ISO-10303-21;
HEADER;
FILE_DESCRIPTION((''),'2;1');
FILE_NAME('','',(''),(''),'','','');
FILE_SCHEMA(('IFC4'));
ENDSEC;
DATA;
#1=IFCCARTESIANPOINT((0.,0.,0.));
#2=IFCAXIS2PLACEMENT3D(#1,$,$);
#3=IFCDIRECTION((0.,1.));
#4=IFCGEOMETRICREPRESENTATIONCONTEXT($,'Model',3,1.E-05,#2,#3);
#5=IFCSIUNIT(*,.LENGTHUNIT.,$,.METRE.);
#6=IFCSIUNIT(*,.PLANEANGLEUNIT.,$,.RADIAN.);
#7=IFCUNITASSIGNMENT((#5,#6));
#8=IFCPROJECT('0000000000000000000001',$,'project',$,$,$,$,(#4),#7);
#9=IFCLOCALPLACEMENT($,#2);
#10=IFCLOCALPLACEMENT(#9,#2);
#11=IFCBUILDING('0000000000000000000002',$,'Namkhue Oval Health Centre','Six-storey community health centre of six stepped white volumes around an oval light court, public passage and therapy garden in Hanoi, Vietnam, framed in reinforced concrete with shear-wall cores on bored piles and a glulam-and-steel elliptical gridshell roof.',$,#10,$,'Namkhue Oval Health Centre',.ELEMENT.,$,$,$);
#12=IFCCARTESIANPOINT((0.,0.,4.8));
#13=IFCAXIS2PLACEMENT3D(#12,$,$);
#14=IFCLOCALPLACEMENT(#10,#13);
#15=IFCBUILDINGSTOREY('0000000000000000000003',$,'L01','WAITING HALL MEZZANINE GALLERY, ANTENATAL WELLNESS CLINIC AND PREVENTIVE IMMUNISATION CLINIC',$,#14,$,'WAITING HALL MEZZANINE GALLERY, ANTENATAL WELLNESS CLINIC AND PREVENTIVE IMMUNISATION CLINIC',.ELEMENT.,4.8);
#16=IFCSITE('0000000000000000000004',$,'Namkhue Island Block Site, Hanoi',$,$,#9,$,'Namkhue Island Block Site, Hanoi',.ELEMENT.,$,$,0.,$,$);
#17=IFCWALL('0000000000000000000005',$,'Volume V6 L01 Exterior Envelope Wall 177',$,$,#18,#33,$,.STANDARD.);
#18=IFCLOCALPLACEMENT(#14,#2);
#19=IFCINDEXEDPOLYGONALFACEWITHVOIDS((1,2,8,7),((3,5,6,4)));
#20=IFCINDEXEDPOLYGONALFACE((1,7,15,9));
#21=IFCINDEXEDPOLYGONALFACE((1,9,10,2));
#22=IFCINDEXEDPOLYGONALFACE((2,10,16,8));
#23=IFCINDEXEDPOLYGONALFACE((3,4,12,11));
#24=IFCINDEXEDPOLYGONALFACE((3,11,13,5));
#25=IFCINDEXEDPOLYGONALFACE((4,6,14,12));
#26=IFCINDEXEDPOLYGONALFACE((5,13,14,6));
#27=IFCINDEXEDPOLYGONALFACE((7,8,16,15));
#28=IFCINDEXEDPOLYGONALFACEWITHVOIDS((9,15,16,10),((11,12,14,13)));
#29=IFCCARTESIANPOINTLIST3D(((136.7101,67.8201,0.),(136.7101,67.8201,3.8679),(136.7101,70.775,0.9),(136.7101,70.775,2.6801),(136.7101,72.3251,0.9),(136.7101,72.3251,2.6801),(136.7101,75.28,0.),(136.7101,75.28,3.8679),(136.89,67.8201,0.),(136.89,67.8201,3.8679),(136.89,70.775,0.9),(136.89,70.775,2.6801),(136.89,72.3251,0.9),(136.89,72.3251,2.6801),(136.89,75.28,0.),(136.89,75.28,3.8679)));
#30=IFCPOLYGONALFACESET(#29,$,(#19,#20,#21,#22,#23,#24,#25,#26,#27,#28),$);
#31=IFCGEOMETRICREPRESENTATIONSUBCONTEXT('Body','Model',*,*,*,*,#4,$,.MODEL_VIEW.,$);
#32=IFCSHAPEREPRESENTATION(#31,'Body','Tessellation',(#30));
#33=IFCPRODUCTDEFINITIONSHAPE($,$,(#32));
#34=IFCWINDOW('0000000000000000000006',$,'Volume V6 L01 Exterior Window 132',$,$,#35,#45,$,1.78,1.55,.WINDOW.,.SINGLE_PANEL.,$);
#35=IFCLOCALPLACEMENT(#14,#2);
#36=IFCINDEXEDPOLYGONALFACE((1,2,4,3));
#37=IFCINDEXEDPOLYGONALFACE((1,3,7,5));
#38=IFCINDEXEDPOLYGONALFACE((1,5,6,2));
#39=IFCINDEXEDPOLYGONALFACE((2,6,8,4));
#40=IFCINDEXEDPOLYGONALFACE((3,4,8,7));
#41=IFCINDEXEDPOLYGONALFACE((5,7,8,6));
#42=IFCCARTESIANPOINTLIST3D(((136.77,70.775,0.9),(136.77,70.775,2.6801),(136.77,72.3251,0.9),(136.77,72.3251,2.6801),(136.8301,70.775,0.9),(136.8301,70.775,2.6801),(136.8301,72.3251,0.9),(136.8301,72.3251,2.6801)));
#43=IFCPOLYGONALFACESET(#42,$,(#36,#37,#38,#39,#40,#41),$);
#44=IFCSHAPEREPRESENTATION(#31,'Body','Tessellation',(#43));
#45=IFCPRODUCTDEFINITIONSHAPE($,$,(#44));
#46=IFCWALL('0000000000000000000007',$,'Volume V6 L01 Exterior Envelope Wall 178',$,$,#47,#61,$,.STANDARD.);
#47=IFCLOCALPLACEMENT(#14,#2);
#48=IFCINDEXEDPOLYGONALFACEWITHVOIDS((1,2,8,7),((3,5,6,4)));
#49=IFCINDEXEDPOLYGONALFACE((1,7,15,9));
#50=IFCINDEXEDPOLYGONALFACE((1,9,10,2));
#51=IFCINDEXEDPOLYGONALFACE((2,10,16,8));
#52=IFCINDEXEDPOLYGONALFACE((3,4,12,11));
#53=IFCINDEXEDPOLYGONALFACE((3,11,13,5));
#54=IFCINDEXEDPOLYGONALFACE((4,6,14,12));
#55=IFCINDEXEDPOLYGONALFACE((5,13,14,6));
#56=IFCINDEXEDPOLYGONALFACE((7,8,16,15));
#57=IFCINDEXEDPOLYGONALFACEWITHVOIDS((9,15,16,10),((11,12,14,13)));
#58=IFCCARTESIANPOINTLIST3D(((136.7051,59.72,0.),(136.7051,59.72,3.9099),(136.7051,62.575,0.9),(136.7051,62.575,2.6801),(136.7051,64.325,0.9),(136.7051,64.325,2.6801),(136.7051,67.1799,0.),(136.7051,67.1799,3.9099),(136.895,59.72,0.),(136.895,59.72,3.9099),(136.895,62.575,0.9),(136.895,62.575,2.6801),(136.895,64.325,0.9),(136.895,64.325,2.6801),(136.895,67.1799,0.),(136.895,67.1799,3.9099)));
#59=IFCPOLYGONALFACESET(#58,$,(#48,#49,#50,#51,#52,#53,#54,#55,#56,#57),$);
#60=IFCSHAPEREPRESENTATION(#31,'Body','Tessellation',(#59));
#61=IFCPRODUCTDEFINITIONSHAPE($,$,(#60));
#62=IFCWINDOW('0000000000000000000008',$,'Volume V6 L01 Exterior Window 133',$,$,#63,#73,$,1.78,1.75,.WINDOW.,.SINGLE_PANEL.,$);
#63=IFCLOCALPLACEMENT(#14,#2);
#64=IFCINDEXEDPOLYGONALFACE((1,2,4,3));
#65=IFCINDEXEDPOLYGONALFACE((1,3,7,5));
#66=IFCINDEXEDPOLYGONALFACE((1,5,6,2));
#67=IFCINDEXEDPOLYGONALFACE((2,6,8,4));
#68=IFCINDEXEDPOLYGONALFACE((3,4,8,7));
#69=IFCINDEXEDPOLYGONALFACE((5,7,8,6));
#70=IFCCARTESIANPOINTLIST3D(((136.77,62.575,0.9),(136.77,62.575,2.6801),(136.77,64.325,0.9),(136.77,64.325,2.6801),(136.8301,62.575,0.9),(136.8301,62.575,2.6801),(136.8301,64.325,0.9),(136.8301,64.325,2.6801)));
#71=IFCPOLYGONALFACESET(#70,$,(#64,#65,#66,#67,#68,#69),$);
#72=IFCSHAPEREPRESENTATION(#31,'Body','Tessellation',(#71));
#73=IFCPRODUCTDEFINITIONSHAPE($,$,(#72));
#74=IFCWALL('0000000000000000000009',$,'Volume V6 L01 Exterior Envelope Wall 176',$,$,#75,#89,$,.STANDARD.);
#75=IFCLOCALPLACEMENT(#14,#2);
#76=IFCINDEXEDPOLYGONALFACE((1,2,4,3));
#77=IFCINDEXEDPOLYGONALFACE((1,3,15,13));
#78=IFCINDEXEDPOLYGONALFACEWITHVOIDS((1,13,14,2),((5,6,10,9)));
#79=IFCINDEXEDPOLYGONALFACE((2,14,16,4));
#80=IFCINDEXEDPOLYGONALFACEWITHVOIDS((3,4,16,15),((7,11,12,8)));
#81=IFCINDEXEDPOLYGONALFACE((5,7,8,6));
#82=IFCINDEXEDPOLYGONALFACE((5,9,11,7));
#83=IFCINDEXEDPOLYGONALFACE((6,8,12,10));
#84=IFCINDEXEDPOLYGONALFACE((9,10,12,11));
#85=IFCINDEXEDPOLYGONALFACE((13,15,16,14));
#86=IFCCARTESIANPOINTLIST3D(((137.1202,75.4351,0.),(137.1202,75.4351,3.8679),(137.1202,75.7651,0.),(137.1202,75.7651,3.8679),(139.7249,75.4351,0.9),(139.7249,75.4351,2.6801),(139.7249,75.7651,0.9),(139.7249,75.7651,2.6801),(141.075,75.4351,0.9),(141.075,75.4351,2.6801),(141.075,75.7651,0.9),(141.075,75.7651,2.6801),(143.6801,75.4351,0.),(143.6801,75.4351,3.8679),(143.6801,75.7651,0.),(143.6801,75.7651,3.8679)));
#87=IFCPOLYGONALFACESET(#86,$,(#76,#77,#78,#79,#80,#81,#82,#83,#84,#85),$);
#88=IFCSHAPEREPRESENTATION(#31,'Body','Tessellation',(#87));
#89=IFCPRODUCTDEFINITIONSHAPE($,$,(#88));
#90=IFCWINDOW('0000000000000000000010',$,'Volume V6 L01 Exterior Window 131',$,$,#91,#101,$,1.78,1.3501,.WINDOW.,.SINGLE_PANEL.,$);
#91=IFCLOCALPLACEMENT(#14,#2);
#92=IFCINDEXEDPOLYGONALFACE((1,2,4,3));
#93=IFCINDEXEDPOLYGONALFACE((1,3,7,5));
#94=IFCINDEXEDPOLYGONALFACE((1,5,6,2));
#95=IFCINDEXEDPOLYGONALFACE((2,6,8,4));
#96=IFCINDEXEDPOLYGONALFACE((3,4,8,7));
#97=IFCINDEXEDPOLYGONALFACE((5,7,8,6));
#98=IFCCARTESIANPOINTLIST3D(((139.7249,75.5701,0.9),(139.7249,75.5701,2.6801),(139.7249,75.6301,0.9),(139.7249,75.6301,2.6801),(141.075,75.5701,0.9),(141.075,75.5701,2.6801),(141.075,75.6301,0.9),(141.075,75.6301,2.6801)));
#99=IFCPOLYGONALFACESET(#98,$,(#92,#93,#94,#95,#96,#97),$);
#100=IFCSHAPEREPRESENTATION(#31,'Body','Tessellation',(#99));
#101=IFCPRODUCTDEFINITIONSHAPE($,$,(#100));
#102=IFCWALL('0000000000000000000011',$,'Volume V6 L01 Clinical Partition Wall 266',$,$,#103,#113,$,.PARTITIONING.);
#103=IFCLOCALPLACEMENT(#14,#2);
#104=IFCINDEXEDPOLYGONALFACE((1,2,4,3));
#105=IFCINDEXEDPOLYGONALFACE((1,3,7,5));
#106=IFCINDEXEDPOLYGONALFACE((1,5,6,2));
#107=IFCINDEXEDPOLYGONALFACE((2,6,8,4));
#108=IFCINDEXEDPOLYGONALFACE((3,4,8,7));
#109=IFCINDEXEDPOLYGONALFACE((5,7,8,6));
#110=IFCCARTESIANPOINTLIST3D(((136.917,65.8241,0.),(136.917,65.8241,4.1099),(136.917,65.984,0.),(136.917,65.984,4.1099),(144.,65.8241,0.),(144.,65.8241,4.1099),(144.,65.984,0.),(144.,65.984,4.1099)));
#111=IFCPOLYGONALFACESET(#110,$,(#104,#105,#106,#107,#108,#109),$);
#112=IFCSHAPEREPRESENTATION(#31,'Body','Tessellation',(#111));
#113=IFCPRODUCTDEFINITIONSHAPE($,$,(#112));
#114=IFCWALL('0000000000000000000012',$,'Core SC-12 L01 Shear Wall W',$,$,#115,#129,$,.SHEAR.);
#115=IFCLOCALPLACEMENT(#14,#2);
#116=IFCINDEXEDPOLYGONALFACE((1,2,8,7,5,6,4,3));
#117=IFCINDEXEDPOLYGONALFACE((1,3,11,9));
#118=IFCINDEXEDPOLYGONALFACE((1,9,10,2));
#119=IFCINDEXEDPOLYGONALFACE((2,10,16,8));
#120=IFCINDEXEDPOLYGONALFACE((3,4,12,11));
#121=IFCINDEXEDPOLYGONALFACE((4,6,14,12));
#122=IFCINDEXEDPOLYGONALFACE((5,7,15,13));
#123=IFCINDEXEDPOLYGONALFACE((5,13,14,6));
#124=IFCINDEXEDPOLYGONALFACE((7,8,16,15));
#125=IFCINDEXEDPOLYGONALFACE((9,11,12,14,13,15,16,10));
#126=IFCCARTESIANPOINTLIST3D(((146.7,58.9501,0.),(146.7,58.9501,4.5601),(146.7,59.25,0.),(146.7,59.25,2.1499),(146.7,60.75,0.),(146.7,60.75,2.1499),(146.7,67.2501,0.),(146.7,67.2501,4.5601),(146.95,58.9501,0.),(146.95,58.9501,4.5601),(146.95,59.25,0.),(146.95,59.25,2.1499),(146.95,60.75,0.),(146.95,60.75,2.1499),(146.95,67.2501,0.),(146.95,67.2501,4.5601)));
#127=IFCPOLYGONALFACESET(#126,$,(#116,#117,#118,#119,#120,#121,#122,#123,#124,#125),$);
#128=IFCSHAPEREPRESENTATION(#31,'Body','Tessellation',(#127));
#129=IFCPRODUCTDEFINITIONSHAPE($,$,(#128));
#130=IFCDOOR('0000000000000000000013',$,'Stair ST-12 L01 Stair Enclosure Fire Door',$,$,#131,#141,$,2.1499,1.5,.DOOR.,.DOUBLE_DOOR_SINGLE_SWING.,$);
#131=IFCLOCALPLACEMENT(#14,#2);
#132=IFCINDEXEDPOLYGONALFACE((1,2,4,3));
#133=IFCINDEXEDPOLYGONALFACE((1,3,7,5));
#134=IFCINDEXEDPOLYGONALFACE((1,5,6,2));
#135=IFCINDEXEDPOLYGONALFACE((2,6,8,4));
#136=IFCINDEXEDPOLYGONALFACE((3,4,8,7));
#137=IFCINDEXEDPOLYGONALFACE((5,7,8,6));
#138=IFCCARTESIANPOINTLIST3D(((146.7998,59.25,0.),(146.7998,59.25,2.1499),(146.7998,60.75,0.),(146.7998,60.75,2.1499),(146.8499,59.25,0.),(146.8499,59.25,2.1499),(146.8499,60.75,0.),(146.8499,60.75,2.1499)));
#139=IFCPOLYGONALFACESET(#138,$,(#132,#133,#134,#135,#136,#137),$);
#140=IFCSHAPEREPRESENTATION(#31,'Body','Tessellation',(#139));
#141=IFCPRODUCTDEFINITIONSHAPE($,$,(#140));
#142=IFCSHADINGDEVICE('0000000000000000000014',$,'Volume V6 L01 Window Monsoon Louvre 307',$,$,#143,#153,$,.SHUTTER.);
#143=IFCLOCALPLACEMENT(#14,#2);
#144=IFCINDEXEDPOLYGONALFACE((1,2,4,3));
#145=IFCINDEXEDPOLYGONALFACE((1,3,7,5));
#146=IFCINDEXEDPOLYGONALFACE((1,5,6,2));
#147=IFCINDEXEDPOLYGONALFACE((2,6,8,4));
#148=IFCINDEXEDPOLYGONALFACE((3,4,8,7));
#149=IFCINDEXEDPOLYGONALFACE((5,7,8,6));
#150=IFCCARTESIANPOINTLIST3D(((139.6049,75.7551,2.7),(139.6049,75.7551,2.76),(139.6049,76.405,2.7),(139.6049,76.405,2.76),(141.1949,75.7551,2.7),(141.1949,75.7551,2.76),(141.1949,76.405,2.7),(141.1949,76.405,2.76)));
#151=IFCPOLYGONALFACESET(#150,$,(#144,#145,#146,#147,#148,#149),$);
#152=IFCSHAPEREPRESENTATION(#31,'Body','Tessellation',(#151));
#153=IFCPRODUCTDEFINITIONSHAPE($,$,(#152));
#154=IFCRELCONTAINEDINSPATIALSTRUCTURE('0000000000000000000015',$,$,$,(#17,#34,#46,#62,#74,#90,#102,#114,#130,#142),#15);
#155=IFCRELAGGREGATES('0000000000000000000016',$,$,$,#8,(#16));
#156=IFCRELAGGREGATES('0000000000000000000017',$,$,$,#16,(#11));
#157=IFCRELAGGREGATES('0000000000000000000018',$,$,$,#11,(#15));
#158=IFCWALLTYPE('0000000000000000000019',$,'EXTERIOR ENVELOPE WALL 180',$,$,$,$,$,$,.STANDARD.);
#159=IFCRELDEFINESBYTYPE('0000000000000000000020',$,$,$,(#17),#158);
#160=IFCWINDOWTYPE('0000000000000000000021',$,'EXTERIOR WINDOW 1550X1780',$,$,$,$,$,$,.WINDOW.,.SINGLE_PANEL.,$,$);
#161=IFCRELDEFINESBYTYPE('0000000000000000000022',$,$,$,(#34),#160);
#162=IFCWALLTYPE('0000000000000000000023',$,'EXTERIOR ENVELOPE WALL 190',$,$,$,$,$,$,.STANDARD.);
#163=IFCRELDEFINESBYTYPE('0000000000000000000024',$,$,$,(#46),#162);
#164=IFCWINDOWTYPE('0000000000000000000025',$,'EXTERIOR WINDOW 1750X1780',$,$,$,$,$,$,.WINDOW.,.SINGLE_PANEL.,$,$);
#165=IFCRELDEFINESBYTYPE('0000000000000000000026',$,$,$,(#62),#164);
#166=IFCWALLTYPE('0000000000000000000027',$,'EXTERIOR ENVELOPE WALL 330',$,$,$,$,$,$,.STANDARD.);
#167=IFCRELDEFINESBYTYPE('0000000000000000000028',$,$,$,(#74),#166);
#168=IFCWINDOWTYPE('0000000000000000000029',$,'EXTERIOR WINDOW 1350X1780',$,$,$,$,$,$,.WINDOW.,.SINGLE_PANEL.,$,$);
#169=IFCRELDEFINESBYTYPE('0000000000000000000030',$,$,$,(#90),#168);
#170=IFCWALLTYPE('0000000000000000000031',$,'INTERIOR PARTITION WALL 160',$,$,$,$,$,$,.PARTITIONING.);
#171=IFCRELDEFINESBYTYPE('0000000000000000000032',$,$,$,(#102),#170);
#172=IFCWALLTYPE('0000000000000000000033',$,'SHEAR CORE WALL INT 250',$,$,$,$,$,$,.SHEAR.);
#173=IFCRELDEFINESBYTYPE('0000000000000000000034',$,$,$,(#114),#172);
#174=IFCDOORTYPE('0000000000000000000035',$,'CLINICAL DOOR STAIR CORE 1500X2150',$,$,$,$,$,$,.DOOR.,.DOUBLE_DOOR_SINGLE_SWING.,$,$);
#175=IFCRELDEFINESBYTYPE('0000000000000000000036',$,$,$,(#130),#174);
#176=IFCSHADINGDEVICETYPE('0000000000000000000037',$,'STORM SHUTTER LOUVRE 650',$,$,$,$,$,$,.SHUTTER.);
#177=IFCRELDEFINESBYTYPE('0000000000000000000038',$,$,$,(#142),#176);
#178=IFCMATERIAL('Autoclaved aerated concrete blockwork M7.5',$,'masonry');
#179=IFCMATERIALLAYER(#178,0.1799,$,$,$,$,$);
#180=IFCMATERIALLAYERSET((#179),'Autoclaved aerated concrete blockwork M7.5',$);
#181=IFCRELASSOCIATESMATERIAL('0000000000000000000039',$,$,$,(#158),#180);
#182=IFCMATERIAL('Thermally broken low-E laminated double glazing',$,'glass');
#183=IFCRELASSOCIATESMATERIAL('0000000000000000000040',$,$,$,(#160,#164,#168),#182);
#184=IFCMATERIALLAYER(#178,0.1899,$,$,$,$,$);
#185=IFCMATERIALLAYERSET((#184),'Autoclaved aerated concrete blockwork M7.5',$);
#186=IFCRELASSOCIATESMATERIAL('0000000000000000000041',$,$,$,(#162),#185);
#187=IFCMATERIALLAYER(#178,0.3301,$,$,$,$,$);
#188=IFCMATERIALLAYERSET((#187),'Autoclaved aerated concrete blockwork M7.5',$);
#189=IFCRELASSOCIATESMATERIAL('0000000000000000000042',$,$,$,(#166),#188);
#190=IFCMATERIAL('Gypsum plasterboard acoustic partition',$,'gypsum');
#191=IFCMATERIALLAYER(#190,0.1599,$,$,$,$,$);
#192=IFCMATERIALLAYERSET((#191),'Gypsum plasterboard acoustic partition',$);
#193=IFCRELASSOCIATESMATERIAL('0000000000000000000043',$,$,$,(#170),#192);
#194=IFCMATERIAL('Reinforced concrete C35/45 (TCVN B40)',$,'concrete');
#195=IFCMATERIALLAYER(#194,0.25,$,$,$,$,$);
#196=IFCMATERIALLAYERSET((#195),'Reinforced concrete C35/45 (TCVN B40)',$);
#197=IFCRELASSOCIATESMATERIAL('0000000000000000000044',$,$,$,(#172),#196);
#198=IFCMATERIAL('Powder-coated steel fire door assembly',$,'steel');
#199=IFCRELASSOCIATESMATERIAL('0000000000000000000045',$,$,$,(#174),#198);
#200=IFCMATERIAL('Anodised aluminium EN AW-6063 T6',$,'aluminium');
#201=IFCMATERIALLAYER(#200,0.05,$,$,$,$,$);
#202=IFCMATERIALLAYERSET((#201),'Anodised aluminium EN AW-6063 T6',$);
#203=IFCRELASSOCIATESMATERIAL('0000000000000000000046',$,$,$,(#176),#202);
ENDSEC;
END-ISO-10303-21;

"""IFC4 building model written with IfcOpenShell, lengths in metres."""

from ifc_helpers import new_model, si_unit, direction, frame, frame_2d, origin, origin_2d, place, context, subcontext, project, spatial, rectangle, extrude, material, layer, layer_set, type_object, element, fill, save


model = new_model("IFC4")

# Units and contexts
model_context = context("Model", 3, precision=1e-05, world=origin(), true_north=direction((0.0, 1.0)))
body_context = subcontext(model_context, "Body", "Model", "MODEL_VIEW")
ifc_project = project(units=[si_unit("LENGTHUNIT", "METRE"), si_unit("PLANEANGLEUNIT", "RADIAN")], contexts=[model_context])

# Site, building, storey
site_placement = place(None, origin())
site = spatial("IfcSite", under=ifc_project, at=site_placement, Name="Namkhue Island Block Site, Hanoi", LongName="Namkhue Island Block Site, Hanoi", CompositionType="ELEMENT", RefElevation=0.0)
building_placement = place(site_placement, origin())
building = spatial("IfcBuilding", under=site, at=building_placement, Name="Namkhue Oval Health Centre", Description="Six-storey community health centre of six stepped white volumes around an oval light court, public passage and therapy garden in Hanoi, Vietnam, framed in reinforced concrete with shear-wall cores on bored piles and a glulam-and-steel elliptical gridshell roof.", LongName="Namkhue Oval Health Centre", CompositionType="ELEMENT")
storey_placement = place(building_placement, frame((0.0, 0.0, 4.8)))
storey = spatial("IfcBuildingStorey", under=building, at=storey_placement, Name="L01", Description="WAITING HALL MEZZANINE GALLERY, ANTENATAL WELLNESS CLINIC AND PREVENTIVE IMMUNISATION CLINIC", LongName="WAITING HALL MEZZANINE GALLERY, ANTENATAL WELLNESS CLINIC AND PREVENTIVE IMMUNISATION CLINIC", CompositionType="ELEMENT", Elevation=4.8)

# Shared definitions
ifc_material_1 = material(Name="Reinforced concrete C35/45 (TCVN B40)", Category="concrete")

# Walls, openings, windows
ifc_material_2 = material(Name="Autoclaved aerated concrete blockwork M7.5", Category="masonry")
ifc_layer_1 = layer(ifc_material_2, 0.1799)
ifc_layer_set_1 = layer_set([ifc_layer_1], Name="Autoclaved aerated concrete blockwork M7.5")
wall_type_1 = type_object("IfcWallType", Name="EXTERIOR ENVELOPE WALL 180", PredefinedType="STANDARD", material=ifc_layer_set_1)
wall_1_placement = place(storey_placement, frame((136.8, 75.28, 0.0), z_axis=(0.0, 0.0, 1.0), x_axis=(0.0, -1.0, 0.0)))
wall_1 = element("IfcWall", 1, at=wall_1_placement, inside=storey, type_object=wall_type_1, Name="Volume V6 L01 Exterior Envelope Wall 177", PredefinedType="STANDARD", context=body_context, shape_type="SweptSolid", body=[
    extrude(rectangle(XDim=7.46, YDim=0.1799, at=frame_2d((3.73, 0.0))), origin(), (0.0, 0.0, 1.0), 3.8679),
])
opening_1_placement = place(wall_1_placement, frame((2.9551, 0.0, 0.8999)))
opening_1 = element("IfcOpeningElement", 2, at=opening_1_placement, cuts=wall_1, PredefinedType="OPENING", context=body_context, shape_type="SweptSolid", body=[
    extrude(rectangle(XDim=1.55, YDim=1.78, at=frame_2d((0.7749, 0.8901))), frame((0.0, 0.0999, 0.0), z_axis=(0.0, -1.0, 0.0), x_axis=(1.0, 0.0, 0.0)), (0.0, 0.0, 1.0), 0.2),
])
ifc_material_3 = material(Name="Thermally broken low-E laminated double glazing", Category="glass")
window_type_1 = type_object("IfcWindowType", Name="EXTERIOR WINDOW 1550X1780", PartitioningType="SINGLE_PANEL", PredefinedType="WINDOW", material=ifc_material_3)
window_1_placement = place(opening_1_placement, origin())
window_1 = element("IfcWindow", 3, at=window_1_placement, inside=storey, type_object=window_type_1, Name="Volume V6 L01 Exterior Window 132", OverallHeight=1.78, OverallWidth=1.55, PartitioningType="SINGLE_PANEL", PredefinedType="WINDOW", context=body_context, shape_type="SweptSolid", body=[
    extrude(rectangle(XDim=1.55, YDim=1.78, at=frame_2d((0.7749, 0.8901))), frame((0.0, 0.03, 0.0), z_axis=(0.0, -1.0, 0.0), x_axis=(1.0, 0.0, 0.0)), (0.0, 0.0, 1.0), 0.0601),
])
fill(opening_1, window_1)
ifc_layer_2 = layer(ifc_material_2, 0.1899)
ifc_layer_set_2 = layer_set([ifc_layer_2], Name="Autoclaved aerated concrete blockwork M7.5")
wall_type_2 = type_object("IfcWallType", Name="EXTERIOR ENVELOPE WALL 190", PredefinedType="STANDARD", material=ifc_layer_set_2)
wall_2_placement = place(storey_placement, frame((136.8, 67.1799, 0.0), z_axis=(0.0, 0.0, 1.0), x_axis=(0.0, -1.0, 0.0)))
wall_2 = element("IfcWall", 4, at=wall_2_placement, inside=storey, type_object=wall_type_2, Name="Volume V6 L01 Exterior Envelope Wall 178", PredefinedType="STANDARD", context=body_context, shape_type="SweptSolid", body=[
    extrude(rectangle(XDim=7.46, YDim=0.1899, at=frame_2d((3.73, 0.0))), origin(), (0.0, 0.0, 1.0), 3.9099),
])
opening_2_placement = place(wall_2_placement, frame((2.855, 0.0, 0.8999)))
opening_2 = element("IfcOpeningElement", 5, at=opening_2_placement, cuts=wall_2, PredefinedType="OPENING", context=body_context, shape_type="SweptSolid", body=[
    extrude(rectangle(XDim=1.75, YDim=1.78, at=frame_2d((0.875, 0.8901))), frame((0.0, 0.105, 0.0), z_axis=(0.0, -1.0, 0.0), x_axis=(1.0, 0.0, 0.0)), (0.0, 0.0, 1.0), 0.21),
])
window_type_2 = type_object("IfcWindowType", Name="EXTERIOR WINDOW 1750X1780", PartitioningType="SINGLE_PANEL", PredefinedType="WINDOW", material=ifc_material_3)
window_2_placement = place(opening_2_placement, origin())
window_2 = element("IfcWindow", 6, at=window_2_placement, inside=storey, type_object=window_type_2, Name="Volume V6 L01 Exterior Window 133", OverallHeight=1.78, OverallWidth=1.75, PartitioningType="SINGLE_PANEL", PredefinedType="WINDOW", context=body_context, shape_type="SweptSolid", body=[
    extrude(rectangle(XDim=1.75, YDim=1.78, at=frame_2d((0.875, 0.8901))), frame((0.0, 0.03, 0.0), z_axis=(0.0, -1.0, 0.0), x_axis=(1.0, 0.0, 0.0)), (0.0, 0.0, 1.0), 0.0601),
])
fill(opening_2, window_2)
ifc_layer_3 = layer(ifc_material_2, 0.3301)
ifc_layer_set_3 = layer_set([ifc_layer_3], Name="Autoclaved aerated concrete blockwork M7.5")
wall_type_3 = type_object("IfcWallType", Name="EXTERIOR ENVELOPE WALL 330", PredefinedType="STANDARD", material=ifc_layer_set_3)
wall_3_placement = place(storey_placement, frame((143.6799, 75.6001, 0.0), z_axis=(0.0, 0.0, 1.0), x_axis=(-1.0, 0.0, 0.0)))
wall_3 = element("IfcWall", 7, at=wall_3_placement, inside=storey, type_object=wall_type_3, Name="Volume V6 L01 Exterior Envelope Wall 176", PredefinedType="STANDARD", context=body_context, shape_type="SweptSolid", body=[
    extrude(rectangle(XDim=6.5598, YDim=0.3301, at=frame_2d((3.2798, 0.0))), origin(), (0.0, 0.0, 1.0), 3.8679),
])
opening_3_placement = place(wall_3_placement, frame((2.605, 0.0, 0.8999)))
opening_3 = element("IfcOpeningElement", 8, at=opening_3_placement, cuts=wall_3, PredefinedType="OPENING", context=body_context, shape_type="SweptSolid", body=[
    extrude(rectangle(XDim=1.3501, YDim=1.78, at=frame_2d((0.675, 0.8901))), frame((0.0, 0.175, 0.0), z_axis=(0.0, -1.0, 0.0), x_axis=(1.0, 0.0, 0.0)), (0.0, 0.0, 1.0), 0.3501),
])
window_type_3 = type_object("IfcWindowType", Name="EXTERIOR WINDOW 1350X1780", PartitioningType="SINGLE_PANEL", PredefinedType="WINDOW", material=ifc_material_3)
window_3_placement = place(opening_3_placement, origin())
window_3 = element("IfcWindow", 9, at=window_3_placement, inside=storey, type_object=window_type_3, Name="Volume V6 L01 Exterior Window 131", OverallHeight=1.78, OverallWidth=1.3501, PartitioningType="SINGLE_PANEL", PredefinedType="WINDOW", context=body_context, shape_type="SweptSolid", body=[
    extrude(rectangle(XDim=1.3501, YDim=1.78, at=frame_2d((0.675, 0.8901))), frame((0.0, 0.03, 0.0), z_axis=(0.0, -1.0, 0.0), x_axis=(1.0, 0.0, 0.0)), (0.0, 0.0, 1.0), 0.0601),
])
fill(opening_3, window_3)

# Wall
ifc_material_4 = material(Name="Gypsum plasterboard acoustic partition", Category="gypsum")
ifc_layer_4 = layer(ifc_material_4, 0.1599)
ifc_layer_set_4 = layer_set([ifc_layer_4], Name="Gypsum plasterboard acoustic partition")
wall_type_4 = type_object("IfcWallType", Name="INTERIOR PARTITION WALL 160", PredefinedType="PARTITIONING", material=ifc_layer_set_4)
wall_4_placement = place(storey_placement, frame((136.917, 65.9041, 0.0), z_axis=(0.0, 0.0, 1.0), x_axis=(1.0, 0.0, 0.0)))
element("IfcWall", 10, at=wall_4_placement, inside=storey, type_object=wall_type_4, Name="Volume V6 L01 Clinical Partition Wall 266", PredefinedType="PARTITIONING", context=body_context, shape_type="SweptSolid", body=[
    extrude(rectangle(XDim=7.083, YDim=0.1599, at=frame_2d((3.5415, 0.0))), origin(), (0.0, 0.0, 1.0), 4.1099),
])

# Wall, opening, door
ifc_layer_5 = layer(ifc_material_1, 0.25)
ifc_layer_set_5 = layer_set([ifc_layer_5], Name="Reinforced concrete C35/45 (TCVN B40)")
wall_type_5 = type_object("IfcWallType", Name="SHEAR CORE WALL INT 250", PredefinedType="SHEAR", material=ifc_layer_set_5)
wall_5_placement = place(storey_placement, frame((146.825, 67.25, 0.0), z_axis=(0.0, 0.0, 1.0), x_axis=(0.0, -1.0, 0.0)))
wall_5 = element("IfcWall", 11, at=wall_5_placement, inside=storey, type_object=wall_type_5, Name="Core SC-12 L01 Shear Wall W", PredefinedType="SHEAR", context=body_context, shape_type="SweptSolid", body=[
    extrude(rectangle(XDim=8.3, YDim=0.25, at=frame_2d((4.1499, 0.0))), origin(), (0.0, 0.0, 1.0), 4.5601),
])
opening_4_placement = place(wall_5_placement, frame((6.5, 0.0, 0.0)))
opening_4 = element("IfcOpeningElement", 12, at=opening_4_placement, cuts=wall_5, PredefinedType="OPENING", context=body_context, shape_type="SweptSolid", body=[
    extrude(rectangle(XDim=1.5, YDim=2.1499, at=frame_2d((0.75, 1.075))), frame((0.0, 0.135, 0.0), z_axis=(0.0, -1.0, 0.0), x_axis=(1.0, 0.0, 0.0)), (0.0, 0.0, 1.0), 0.27),
])
ifc_material_5 = material(Name="Powder-coated steel fire door assembly", Category="steel")
door_type = type_object("IfcDoorType", Name="CLINICAL DOOR STAIR CORE 1500X2150", OperationType="DOUBLE_DOOR_SINGLE_SWING", PredefinedType="DOOR", material=ifc_material_5)
door_placement = place(opening_4_placement, origin())
door = element("IfcDoor", 13, at=door_placement, inside=storey, type_object=door_type, Name="Stair ST-12 L01 Stair Enclosure Fire Door", OperationType="DOUBLE_DOOR_SINGLE_SWING", OverallHeight=2.1499, OverallWidth=1.5, PredefinedType="DOOR", context=body_context, shape_type="SweptSolid", body=[
    extrude(rectangle(XDim=1.5, YDim=2.1499, at=frame_2d((0.75, 1.075))), frame((0.0, 0.0249, 0.0), z_axis=(0.0, -1.0, 0.0), x_axis=(1.0, 0.0, 0.0)), (0.0, 0.0, 1.0), 0.05),
])
fill(opening_4, door)

# Shading device
ifc_material_6 = material(Name="Anodised aluminium EN AW-6063 T6", Category="aluminium")
ifc_layer_6 = layer(ifc_material_6, 0.05)
ifc_layer_set_6 = layer_set([ifc_layer_6], Name="Anodised aluminium EN AW-6063 T6")
shading_device_type = type_object("IfcShadingDeviceType", Name="STORM SHUTTER LOUVRE 650", PredefinedType="SHUTTER", material=ifc_layer_set_6)
shading_device_placement = place(storey_placement, frame((140.3999, 76.0801, 2.7), z_axis=(0.0, 0.0, 1.0), x_axis=(-1.0, 0.0, 0.0)))
element("IfcShadingDevice", 14, at=shading_device_placement, inside=storey, type_object=shading_device_type, Name="Volume V6 L01 Window Monsoon Louvre 307", PredefinedType="SHUTTER", context=body_context, shape_type="SweptSolid", body=[
    extrude(rectangle(XDim=1.5901, YDim=0.6499, at=origin_2d()), origin(), (0.0, 0.0, 1.0), 0.0601),
])

save(model, "model.ifc")
